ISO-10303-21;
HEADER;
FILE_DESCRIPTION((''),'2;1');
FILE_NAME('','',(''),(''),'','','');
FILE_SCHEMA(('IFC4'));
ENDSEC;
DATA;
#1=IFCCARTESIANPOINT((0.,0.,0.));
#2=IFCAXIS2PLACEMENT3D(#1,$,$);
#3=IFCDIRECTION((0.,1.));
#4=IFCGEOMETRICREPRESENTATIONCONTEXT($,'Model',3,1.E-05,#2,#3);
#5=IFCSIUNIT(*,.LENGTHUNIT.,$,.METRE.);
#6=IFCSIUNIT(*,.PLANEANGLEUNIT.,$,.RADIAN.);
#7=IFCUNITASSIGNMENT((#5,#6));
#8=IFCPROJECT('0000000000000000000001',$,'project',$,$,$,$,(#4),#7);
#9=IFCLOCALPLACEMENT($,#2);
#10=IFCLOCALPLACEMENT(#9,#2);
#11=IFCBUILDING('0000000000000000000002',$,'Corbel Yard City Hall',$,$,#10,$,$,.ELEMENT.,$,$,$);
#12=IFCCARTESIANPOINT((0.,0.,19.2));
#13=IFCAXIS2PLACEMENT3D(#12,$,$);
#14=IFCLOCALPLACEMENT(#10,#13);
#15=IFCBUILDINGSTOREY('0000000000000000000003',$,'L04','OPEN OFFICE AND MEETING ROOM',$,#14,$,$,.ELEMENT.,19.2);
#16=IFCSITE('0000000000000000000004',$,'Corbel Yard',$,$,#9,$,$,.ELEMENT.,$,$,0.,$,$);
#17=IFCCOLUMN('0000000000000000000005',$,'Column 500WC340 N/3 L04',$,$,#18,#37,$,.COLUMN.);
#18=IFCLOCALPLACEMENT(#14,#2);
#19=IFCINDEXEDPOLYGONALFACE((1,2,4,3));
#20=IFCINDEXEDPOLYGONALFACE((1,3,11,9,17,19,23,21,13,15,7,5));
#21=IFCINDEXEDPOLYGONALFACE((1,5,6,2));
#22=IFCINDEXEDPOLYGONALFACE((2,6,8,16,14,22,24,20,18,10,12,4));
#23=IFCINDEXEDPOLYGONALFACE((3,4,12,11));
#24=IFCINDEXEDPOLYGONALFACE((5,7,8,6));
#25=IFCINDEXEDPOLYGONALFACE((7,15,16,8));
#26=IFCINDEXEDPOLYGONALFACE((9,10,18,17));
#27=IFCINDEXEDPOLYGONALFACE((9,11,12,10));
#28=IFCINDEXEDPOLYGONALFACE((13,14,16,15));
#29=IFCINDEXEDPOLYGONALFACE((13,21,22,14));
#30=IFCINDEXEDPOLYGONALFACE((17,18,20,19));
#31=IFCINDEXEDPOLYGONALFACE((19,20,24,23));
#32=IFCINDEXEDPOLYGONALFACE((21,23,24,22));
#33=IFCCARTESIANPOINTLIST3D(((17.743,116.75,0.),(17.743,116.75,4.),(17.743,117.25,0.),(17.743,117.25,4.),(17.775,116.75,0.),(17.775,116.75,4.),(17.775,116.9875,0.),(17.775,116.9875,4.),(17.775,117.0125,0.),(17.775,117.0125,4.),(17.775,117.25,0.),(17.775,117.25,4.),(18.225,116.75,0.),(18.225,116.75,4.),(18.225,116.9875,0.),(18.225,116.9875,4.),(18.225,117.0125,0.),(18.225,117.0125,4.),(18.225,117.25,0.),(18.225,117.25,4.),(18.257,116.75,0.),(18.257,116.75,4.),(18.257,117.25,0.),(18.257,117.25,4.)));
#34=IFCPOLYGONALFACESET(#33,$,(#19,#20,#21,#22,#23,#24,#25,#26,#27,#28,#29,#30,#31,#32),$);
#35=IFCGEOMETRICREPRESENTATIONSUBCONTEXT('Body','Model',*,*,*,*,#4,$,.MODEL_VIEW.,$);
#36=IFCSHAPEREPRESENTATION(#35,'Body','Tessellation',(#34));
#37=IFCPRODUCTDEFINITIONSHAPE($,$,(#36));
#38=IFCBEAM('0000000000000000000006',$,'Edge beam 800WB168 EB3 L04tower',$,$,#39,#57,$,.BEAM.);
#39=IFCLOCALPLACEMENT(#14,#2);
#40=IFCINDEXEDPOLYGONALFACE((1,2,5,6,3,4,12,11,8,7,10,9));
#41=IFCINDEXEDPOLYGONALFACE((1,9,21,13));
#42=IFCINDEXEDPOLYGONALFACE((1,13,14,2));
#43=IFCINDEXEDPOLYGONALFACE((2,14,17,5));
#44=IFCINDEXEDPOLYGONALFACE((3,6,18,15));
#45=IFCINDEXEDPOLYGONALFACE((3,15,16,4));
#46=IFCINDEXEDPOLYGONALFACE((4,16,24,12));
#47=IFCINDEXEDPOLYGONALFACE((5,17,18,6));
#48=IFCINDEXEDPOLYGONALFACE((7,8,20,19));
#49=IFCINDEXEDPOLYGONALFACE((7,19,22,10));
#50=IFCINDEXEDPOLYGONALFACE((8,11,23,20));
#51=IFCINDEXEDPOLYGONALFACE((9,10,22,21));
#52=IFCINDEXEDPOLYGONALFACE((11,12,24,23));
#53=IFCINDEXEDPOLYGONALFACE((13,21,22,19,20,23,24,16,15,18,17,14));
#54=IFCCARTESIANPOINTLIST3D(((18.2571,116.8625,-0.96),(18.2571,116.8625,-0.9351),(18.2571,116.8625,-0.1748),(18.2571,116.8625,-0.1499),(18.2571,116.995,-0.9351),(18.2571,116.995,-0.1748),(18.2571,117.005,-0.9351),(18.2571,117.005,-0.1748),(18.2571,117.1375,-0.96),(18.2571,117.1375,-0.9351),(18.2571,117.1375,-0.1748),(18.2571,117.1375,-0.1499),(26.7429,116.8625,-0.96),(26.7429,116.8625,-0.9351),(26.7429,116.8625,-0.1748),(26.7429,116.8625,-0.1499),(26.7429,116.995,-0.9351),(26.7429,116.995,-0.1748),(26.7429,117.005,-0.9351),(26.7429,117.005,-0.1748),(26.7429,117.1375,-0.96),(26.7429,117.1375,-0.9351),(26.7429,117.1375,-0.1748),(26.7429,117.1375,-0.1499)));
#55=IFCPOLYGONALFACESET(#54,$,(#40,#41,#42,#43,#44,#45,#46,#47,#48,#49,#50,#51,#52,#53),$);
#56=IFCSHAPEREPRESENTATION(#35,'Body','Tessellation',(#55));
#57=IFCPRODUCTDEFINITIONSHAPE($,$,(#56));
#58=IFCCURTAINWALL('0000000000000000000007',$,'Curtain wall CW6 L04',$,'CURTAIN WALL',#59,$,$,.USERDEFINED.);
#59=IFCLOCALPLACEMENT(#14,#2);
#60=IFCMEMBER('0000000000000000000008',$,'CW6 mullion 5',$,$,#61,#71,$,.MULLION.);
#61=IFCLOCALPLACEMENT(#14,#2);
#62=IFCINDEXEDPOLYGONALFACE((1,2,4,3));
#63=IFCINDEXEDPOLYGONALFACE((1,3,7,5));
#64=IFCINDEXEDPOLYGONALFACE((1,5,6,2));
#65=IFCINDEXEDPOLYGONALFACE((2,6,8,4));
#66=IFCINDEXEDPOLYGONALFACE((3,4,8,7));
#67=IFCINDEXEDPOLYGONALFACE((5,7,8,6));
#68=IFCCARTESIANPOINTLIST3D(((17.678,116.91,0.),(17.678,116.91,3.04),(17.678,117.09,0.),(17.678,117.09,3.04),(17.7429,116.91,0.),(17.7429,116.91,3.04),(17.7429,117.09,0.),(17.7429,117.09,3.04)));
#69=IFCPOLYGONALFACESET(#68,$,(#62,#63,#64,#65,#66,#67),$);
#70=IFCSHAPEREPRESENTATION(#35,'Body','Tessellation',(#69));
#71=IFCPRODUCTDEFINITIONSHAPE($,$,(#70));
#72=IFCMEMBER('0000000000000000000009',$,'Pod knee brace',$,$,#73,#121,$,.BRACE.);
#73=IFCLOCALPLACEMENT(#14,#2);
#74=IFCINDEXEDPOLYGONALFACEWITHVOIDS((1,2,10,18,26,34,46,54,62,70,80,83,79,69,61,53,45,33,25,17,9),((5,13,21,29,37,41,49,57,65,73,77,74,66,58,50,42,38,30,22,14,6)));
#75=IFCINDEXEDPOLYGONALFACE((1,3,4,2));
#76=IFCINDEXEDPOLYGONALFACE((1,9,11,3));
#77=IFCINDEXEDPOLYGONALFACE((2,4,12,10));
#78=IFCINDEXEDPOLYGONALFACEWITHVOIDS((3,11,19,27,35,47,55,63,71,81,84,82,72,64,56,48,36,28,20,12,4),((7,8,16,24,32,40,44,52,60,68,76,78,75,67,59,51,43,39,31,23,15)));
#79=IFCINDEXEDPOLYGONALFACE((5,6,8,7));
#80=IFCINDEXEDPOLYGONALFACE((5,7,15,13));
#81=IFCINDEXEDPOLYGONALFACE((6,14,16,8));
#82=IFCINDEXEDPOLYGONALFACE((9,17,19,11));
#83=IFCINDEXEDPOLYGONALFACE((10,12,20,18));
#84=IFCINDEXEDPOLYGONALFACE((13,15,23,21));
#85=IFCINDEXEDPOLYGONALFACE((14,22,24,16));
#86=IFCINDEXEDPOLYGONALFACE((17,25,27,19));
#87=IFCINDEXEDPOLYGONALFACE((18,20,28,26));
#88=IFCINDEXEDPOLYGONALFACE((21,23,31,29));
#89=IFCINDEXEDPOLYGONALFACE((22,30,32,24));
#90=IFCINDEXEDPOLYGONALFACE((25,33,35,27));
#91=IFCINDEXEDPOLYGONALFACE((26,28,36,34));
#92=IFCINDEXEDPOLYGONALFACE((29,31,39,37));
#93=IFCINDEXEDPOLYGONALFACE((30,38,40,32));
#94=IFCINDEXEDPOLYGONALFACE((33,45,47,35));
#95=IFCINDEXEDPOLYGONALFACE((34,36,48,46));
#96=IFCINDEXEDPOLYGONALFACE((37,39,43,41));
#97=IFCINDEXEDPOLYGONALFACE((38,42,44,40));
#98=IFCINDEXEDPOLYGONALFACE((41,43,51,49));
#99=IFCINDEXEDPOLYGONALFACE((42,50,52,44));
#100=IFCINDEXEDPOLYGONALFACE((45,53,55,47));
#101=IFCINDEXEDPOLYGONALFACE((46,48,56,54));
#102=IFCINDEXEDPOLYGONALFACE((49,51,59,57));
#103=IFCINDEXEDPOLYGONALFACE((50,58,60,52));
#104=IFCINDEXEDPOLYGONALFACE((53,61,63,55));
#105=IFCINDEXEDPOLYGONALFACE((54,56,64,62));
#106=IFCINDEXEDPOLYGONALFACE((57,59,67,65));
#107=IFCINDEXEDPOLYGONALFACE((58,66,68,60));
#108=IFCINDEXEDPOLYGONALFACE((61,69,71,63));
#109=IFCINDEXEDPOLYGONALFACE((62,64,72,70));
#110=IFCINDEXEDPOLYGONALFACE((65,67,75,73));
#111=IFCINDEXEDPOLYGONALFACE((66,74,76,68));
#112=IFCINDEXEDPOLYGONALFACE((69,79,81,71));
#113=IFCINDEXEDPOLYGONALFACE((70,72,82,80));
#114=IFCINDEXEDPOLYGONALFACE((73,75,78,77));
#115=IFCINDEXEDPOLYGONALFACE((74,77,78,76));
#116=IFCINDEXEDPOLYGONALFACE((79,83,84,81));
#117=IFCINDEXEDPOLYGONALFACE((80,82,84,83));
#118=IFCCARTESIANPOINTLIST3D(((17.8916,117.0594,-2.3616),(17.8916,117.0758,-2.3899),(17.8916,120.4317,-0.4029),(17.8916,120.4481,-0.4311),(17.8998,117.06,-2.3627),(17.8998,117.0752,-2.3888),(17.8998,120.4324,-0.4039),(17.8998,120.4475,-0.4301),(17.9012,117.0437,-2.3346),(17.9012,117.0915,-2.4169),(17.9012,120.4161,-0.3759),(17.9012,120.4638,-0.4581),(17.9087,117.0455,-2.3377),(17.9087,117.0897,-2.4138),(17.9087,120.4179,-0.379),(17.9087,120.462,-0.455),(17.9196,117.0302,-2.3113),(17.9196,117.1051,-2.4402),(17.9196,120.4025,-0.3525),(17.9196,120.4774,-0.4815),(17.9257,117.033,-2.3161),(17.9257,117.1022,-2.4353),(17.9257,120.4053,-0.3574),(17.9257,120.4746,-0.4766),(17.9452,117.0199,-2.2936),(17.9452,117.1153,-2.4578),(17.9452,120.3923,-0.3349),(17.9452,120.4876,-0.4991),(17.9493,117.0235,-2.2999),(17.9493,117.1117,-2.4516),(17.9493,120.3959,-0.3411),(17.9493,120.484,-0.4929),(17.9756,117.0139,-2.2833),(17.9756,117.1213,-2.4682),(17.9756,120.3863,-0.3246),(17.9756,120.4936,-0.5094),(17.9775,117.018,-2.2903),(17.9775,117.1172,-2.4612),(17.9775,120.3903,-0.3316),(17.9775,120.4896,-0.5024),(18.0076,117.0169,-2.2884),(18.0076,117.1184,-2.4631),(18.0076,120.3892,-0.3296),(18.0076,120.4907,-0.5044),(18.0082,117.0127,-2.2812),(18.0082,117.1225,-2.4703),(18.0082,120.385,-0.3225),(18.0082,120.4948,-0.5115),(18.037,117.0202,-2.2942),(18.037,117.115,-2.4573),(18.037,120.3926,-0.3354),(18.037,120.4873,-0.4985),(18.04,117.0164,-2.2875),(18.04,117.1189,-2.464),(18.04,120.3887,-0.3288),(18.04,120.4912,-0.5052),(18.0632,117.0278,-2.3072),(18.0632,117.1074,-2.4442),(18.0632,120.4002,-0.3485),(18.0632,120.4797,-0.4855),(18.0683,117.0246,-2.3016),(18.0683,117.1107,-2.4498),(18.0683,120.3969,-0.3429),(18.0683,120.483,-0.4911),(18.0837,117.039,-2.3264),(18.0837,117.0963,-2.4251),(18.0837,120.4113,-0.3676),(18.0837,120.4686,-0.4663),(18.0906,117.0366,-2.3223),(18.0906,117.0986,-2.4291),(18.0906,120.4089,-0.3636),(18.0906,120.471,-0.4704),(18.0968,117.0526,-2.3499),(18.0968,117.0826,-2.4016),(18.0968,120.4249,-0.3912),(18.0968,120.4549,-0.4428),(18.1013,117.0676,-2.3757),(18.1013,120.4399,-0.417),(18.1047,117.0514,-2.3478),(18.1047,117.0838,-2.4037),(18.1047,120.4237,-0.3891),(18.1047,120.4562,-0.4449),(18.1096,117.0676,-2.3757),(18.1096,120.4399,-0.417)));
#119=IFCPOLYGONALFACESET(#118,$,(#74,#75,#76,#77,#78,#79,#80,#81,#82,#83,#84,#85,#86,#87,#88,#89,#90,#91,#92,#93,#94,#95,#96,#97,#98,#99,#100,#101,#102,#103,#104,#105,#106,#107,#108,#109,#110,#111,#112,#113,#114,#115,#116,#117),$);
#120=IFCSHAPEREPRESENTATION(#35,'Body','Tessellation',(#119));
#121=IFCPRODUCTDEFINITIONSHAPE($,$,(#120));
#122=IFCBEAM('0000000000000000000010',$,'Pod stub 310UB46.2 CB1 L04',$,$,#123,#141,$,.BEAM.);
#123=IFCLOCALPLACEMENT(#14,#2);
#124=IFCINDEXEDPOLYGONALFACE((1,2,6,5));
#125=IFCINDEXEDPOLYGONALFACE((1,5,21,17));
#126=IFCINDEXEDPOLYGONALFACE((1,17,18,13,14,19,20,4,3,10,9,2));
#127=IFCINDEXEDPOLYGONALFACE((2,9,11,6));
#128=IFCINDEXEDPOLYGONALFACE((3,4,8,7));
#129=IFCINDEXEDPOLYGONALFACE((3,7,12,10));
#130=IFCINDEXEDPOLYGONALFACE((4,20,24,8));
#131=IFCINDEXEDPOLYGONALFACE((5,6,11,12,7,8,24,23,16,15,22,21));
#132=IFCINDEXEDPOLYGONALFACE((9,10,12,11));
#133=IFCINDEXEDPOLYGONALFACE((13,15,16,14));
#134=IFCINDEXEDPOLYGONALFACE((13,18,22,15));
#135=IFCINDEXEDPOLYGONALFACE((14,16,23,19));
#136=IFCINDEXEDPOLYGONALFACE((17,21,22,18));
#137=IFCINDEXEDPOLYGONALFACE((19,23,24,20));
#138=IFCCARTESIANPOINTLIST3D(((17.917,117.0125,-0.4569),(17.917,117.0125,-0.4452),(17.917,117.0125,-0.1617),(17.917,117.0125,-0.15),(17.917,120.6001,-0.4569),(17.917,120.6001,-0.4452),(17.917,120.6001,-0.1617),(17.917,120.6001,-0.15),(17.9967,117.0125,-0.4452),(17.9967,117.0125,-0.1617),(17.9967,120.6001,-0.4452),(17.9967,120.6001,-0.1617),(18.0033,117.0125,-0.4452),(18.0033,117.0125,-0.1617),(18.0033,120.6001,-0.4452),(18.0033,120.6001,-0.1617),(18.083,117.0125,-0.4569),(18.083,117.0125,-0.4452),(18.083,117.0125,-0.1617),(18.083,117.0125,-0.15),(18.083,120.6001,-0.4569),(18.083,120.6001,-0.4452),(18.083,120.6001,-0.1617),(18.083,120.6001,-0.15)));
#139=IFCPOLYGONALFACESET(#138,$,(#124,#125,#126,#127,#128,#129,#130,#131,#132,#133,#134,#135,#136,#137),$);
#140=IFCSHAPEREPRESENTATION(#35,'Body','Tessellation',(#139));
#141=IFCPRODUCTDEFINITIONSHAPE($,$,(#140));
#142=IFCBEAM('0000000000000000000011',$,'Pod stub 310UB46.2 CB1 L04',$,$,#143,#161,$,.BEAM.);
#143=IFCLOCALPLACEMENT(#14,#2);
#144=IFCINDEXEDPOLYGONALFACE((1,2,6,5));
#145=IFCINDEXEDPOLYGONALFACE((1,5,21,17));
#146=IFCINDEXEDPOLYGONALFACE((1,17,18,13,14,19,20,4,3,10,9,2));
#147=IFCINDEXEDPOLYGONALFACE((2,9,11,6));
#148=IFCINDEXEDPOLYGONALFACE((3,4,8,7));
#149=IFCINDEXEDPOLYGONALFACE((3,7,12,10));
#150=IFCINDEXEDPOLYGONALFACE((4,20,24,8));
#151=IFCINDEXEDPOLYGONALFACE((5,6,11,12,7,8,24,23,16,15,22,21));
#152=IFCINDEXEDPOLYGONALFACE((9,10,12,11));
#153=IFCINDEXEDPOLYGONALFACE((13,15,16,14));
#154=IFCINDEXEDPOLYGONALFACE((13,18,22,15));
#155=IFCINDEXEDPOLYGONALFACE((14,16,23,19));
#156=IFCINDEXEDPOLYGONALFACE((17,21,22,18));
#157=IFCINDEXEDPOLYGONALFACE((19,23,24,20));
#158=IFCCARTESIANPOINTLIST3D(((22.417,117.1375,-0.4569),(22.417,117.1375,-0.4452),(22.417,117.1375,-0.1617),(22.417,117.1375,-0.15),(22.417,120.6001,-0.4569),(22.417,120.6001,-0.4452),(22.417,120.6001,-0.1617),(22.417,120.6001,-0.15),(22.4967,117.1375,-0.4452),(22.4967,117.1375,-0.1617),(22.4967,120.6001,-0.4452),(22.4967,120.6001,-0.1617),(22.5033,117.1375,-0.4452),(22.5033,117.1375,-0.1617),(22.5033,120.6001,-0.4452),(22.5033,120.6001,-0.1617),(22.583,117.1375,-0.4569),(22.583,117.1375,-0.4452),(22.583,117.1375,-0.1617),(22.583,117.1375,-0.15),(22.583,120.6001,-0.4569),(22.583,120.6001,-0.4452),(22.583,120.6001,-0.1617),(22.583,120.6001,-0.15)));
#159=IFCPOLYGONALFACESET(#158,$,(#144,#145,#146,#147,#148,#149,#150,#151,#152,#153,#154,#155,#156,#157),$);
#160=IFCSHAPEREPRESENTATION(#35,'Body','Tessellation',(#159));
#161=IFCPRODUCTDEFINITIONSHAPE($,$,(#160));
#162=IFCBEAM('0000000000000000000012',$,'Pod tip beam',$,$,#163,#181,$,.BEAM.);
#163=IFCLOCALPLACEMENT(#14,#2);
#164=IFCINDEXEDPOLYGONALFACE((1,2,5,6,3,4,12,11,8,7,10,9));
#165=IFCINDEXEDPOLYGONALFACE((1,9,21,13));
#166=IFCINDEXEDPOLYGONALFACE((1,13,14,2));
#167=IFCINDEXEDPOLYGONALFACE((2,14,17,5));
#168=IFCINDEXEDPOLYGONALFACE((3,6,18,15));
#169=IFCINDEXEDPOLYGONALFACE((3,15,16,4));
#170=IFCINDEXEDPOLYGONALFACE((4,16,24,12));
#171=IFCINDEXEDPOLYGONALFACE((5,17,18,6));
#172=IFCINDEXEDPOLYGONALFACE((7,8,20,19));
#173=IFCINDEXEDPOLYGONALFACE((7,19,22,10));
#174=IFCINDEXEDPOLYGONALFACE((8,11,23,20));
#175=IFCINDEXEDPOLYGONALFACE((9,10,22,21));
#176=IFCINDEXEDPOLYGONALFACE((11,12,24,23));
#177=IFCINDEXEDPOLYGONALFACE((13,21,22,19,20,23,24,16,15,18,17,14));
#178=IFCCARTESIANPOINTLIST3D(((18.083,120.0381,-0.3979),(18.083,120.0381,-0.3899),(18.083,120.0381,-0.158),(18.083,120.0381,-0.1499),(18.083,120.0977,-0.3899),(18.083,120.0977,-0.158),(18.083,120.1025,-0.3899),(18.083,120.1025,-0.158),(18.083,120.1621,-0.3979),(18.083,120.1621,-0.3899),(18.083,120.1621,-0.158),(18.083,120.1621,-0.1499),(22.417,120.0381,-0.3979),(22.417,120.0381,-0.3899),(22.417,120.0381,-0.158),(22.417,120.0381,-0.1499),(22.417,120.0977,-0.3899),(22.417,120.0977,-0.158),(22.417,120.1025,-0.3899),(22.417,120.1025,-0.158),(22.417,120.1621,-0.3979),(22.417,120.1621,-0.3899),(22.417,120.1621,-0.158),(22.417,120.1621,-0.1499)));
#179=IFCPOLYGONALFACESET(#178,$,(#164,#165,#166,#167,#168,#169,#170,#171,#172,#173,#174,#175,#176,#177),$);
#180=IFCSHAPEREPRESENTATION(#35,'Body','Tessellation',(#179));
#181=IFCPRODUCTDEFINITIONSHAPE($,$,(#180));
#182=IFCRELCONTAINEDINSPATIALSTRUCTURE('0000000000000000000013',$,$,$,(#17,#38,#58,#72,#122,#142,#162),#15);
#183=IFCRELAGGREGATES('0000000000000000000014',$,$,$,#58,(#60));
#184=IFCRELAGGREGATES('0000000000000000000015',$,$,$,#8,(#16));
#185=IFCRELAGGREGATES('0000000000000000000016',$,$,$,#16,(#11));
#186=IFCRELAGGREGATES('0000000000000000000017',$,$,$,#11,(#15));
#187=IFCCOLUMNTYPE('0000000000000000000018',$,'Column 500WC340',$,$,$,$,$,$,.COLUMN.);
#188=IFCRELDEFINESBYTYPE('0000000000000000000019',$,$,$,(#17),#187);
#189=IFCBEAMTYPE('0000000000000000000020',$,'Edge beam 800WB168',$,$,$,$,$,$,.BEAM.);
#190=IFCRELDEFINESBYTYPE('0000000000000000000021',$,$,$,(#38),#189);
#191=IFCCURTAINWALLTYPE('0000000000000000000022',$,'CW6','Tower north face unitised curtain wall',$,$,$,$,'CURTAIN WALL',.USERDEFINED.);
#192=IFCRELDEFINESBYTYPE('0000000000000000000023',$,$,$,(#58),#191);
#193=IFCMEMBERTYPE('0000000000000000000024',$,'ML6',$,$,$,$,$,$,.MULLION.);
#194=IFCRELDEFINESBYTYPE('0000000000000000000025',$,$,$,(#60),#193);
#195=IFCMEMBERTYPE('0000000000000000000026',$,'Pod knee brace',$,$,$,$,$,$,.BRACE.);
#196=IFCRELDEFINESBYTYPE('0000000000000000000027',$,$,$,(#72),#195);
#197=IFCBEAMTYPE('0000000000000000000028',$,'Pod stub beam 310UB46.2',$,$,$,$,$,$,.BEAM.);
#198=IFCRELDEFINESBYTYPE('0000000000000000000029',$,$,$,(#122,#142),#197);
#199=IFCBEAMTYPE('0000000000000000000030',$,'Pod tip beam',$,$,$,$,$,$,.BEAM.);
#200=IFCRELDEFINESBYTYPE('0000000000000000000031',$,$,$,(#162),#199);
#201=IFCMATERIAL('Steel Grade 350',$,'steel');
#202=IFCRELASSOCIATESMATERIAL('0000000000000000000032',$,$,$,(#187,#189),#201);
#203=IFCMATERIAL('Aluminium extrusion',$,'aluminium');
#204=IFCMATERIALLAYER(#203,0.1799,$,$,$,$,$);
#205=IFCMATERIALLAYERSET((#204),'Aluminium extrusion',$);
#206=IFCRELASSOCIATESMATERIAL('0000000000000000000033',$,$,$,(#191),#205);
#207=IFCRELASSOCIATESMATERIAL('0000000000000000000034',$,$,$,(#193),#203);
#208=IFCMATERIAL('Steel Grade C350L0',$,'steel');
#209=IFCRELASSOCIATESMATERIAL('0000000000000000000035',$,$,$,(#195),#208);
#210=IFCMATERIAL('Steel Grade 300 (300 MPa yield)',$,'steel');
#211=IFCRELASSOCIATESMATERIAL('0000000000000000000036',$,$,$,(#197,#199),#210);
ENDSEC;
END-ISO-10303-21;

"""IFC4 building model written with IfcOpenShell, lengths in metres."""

from ifc_helpers import new_model, si_unit, direction, frame, origin, origin_2d, place, context, subcontext, project, spatial, rectangle, hollow_circle, i_section, extrude, material, layer, layer_set, material_profile, profile_set, type_object, element, aggregate, save


model = new_model("IFC4")

# Units and contexts
model_context = context("Model", 3, precision=1e-05, world=origin(), true_north=direction((0.0, 1.0)))
body_context = subcontext(model_context, "Body", "Model", "MODEL_VIEW")
ifc_project = project(units=[si_unit("LENGTHUNIT", "METRE"), si_unit("PLANEANGLEUNIT", "RADIAN")], contexts=[model_context])

# Site, building, storey
site_placement = place(None, origin())
site = spatial("IfcSite", under=ifc_project, at=site_placement, Name="Corbel Yard", CompositionType="ELEMENT", RefElevation=0.0)
building_placement = place(site_placement, origin())
building = spatial("IfcBuilding", under=site, at=building_placement, Name="Corbel Yard City Hall", CompositionType="ELEMENT")
storey_placement = place(building_placement, frame((0.0, 0.0, 19.2)))
storey = spatial("IfcBuildingStorey", under=building, at=storey_placement, Name="L04", Description="OPEN OFFICE AND MEETING ROOM", CompositionType="ELEMENT", Elevation=19.2)

# Column
ifc_material_1 = material(Name="Steel Grade 350", Category="steel")
ifc_material_profile_1 = material_profile(ifc_material_1, i_section(OverallWidth=0.5, OverallDepth=0.5139, WebThickness=0.0249, FlangeThickness=0.032, at=origin_2d()), Name="500WC340")
ifc_profile_set_1 = profile_set([ifc_material_profile_1], Name="Steel Grade 350")
column_type = type_object("IfcColumnType", Name="Column 500WC340", PredefinedType="COLUMN", material=ifc_profile_set_1)
column_placement = place(storey_placement, frame((18.0, 117.0, 0.0), z_axis=(0.0, 0.0, 1.0), x_axis=(0.0, 1.0, 0.0)))
element("IfcColumn", 1, at=column_placement, inside=storey, type_object=column_type, Name="Column 500WC340 N/3 L04", PredefinedType="COLUMN", context=body_context, shape_type="SweptSolid", body=[
    extrude(i_section(OverallWidth=0.5, OverallDepth=0.5139, WebThickness=0.0249, FlangeThickness=0.032, at=origin_2d()), origin(), (0.0, 0.0, 1.0), 4.0),
])

# Beam
ifc_material_profile_2 = material_profile(ifc_material_1, i_section(OverallWidth=0.2749, OverallDepth=0.8101, WebThickness=0.01, FlangeThickness=0.0249, at=origin_2d()), Name="800WB168")
ifc_profile_set_2 = profile_set([ifc_material_profile_2], Name="Steel Grade 350")
beam_type_1 = type_object("IfcBeamType", Name="Edge beam 800WB168", PredefinedType="BEAM", material=ifc_profile_set_2)
beam_1_placement = place(storey_placement, frame((18.2571, 117.0, -0.5549), z_axis=(1.0, 0.0, 0.0), x_axis=(0.0, 1.0, 0.0)))
element("IfcBeam", 2, at=beam_1_placement, inside=storey, type_object=beam_type_1, Name="Edge beam 800WB168 EB3 L04tower", PredefinedType="BEAM", context=body_context, shape_type="SweptSolid", body=[
    extrude(i_section(OverallWidth=0.2749, OverallDepth=0.8101, WebThickness=0.01, FlangeThickness=0.0249, at=origin_2d()), origin(), (0.0, 0.0, 1.0), 8.4858),
])

# Curtain wall, member
ifc_material_2 = material(Name="Aluminium extrusion", Category="aluminium")
ifc_layer_1 = layer(ifc_material_2, 0.1799)
ifc_layer_set_1 = layer_set([ifc_layer_1], Name="Aluminium extrusion")
curtain_wall_type = type_object("IfcCurtainWallType", Name="CW6", Description="Tower north face unitised curtain wall", ElementType="CURTAIN WALL", PredefinedType="USERDEFINED", material=ifc_layer_set_1)
curtain_wall_placement = place(storey_placement, origin())
curtain_wall = element("IfcCurtainWall", 3, at=curtain_wall_placement, inside=storey, type_object=curtain_wall_type, Name="Curtain wall CW6 L04", ObjectType="CURTAIN WALL", PredefinedType="USERDEFINED")
ifc_material_profile_3 = material_profile(ifc_material_2, rectangle(XDim=0.1799, YDim=0.0649, at=origin_2d()), Name="180x65")
ifc_profile_set_3 = profile_set([ifc_material_profile_3], Name="Aluminium extrusion")
member_type_1 = type_object("IfcMemberType", Name="ML6", PredefinedType="MULLION", material=ifc_profile_set_3)
member_1_placement = place(storey_placement, frame((17.7104, 117.0, 0.0), z_axis=(0.0, 0.0, 1.0), x_axis=(0.0, 1.0, 0.0)))
member_1 = element("IfcMember", 4, at=member_1_placement, type_object=member_type_1, Name="CW6 mullion 5", PredefinedType="MULLION", context=body_context, shape_type="SweptSolid", body=[
    extrude(rectangle(XDim=0.1799, YDim=0.0649, at=origin_2d()), origin(), (0.0, 0.0, 1.0), 3.04),
])

# Member
ifc_material_3 = material(Name="Steel Grade C350L0", Category="steel")
ifc_material_profile_4 = material_profile(ifc_material_3, hollow_circle(Radius=0.1096, WallThickness=0.0083, at=origin_2d()), Name="219.1x8.2CHS")
ifc_profile_set_4 = profile_set([ifc_material_profile_4], Name="Steel Grade C350L0")
member_type_2 = type_object("IfcMemberType", Name="Pod knee brace", PredefinedType="BRACE", material=ifc_profile_set_4)
member_2_placement = place(storey_placement, frame((18.0, 120.4399, -0.417), z_axis=(0.0, -0.86472, -0.502255), x_axis=(1.0, 0.0, 0.0)))
element("IfcMember", 5, at=member_2_placement, inside=storey, type_object=member_type_2, Name="Pod knee brace", PredefinedType="BRACE", context=body_context, shape_type="SweptSolid", body=[
    extrude(hollow_circle(Radius=0.1096, WallThickness=0.0083, at=origin_2d()), origin(), (0.0, 0.0, 1.0), 3.8999),
])

# Beams
ifc_material_4 = material(Name="Steel Grade 300 (300 MPa yield)", Category="steel")
ifc_material_profile_5 = material_profile(ifc_material_4, i_section(OverallWidth=0.166, OverallDepth=0.3069, WebThickness=0.0066, FlangeThickness=0.0117, at=origin_2d()), Name="310UB46.2")
ifc_profile_set_5 = profile_set([ifc_material_profile_5], Name="Steel Grade 300 (300 MPa yield)")
beam_type_2 = type_object("IfcBeamType", Name="Pod stub beam 310UB46.2", PredefinedType="BEAM", material=ifc_profile_set_5)
beam_2_placement = place(storey_placement, frame((18.0, 117.0125, -0.3035), z_axis=(0.0, 1.0, 0.0), x_axis=(-1.0, 0.0, 0.0)))
element("IfcBeam", 6, at=beam_2_placement, inside=storey, type_object=beam_type_2, Name="Pod stub 310UB46.2 CB1 L04", PredefinedType="BEAM", context=body_context, shape_type="SweptSolid", body=[
    extrude(i_section(OverallWidth=0.166, OverallDepth=0.3069, WebThickness=0.0066, FlangeThickness=0.0117, at=origin_2d()), origin(), (0.0, 0.0, 1.0), 3.5876),
])
beam_3_placement = place(storey_placement, frame((22.5, 117.1375, -0.3035), z_axis=(0.0, 1.0, 0.0), x_axis=(-1.0, 0.0, 0.0)))
element("IfcBeam", 7, at=beam_3_placement, inside=storey, type_object=beam_type_2, Name="Pod stub 310UB46.2 CB1 L04", PredefinedType="BEAM", context=body_context, shape_type="SweptSolid", body=[
    extrude(i_section(OverallWidth=0.166, OverallDepth=0.3069, WebThickness=0.0066, FlangeThickness=0.0117, at=origin_2d()), origin(), (0.0, 0.0, 1.0), 3.4626),
])
ifc_material_profile_6 = material_profile(ifc_material_4, i_section(OverallWidth=0.124, OverallDepth=0.248, WebThickness=0.0049, FlangeThickness=0.0081, at=origin_2d()), Name="250UB25.7")
ifc_profile_set_6 = profile_set([ifc_material_profile_6], Name="Steel Grade 300 (300 MPa yield)")
beam_type_3 = type_object("IfcBeamType", Name="Pod tip beam", PredefinedType="BEAM", material=ifc_profile_set_6)
beam_4_placement = place(storey_placement, frame((18.083, 120.1001, -0.2739), z_axis=(1.0, 0.0, 0.0), x_axis=(0.0, 1.0, 0.0)))
element("IfcBeam", 8, at=beam_4_placement, inside=storey, type_object=beam_type_3, Name="Pod tip beam", PredefinedType="BEAM", context=body_context, shape_type="SweptSolid", body=[
    extrude(i_section(OverallWidth=0.124, OverallDepth=0.248, WebThickness=0.0049, FlangeThickness=0.0081, at=origin_2d()), origin(), (0.0, 0.0, 1.0), 4.334),
])

aggregate(curtain_wall, [member_1])

save(model, "model.ifc")
